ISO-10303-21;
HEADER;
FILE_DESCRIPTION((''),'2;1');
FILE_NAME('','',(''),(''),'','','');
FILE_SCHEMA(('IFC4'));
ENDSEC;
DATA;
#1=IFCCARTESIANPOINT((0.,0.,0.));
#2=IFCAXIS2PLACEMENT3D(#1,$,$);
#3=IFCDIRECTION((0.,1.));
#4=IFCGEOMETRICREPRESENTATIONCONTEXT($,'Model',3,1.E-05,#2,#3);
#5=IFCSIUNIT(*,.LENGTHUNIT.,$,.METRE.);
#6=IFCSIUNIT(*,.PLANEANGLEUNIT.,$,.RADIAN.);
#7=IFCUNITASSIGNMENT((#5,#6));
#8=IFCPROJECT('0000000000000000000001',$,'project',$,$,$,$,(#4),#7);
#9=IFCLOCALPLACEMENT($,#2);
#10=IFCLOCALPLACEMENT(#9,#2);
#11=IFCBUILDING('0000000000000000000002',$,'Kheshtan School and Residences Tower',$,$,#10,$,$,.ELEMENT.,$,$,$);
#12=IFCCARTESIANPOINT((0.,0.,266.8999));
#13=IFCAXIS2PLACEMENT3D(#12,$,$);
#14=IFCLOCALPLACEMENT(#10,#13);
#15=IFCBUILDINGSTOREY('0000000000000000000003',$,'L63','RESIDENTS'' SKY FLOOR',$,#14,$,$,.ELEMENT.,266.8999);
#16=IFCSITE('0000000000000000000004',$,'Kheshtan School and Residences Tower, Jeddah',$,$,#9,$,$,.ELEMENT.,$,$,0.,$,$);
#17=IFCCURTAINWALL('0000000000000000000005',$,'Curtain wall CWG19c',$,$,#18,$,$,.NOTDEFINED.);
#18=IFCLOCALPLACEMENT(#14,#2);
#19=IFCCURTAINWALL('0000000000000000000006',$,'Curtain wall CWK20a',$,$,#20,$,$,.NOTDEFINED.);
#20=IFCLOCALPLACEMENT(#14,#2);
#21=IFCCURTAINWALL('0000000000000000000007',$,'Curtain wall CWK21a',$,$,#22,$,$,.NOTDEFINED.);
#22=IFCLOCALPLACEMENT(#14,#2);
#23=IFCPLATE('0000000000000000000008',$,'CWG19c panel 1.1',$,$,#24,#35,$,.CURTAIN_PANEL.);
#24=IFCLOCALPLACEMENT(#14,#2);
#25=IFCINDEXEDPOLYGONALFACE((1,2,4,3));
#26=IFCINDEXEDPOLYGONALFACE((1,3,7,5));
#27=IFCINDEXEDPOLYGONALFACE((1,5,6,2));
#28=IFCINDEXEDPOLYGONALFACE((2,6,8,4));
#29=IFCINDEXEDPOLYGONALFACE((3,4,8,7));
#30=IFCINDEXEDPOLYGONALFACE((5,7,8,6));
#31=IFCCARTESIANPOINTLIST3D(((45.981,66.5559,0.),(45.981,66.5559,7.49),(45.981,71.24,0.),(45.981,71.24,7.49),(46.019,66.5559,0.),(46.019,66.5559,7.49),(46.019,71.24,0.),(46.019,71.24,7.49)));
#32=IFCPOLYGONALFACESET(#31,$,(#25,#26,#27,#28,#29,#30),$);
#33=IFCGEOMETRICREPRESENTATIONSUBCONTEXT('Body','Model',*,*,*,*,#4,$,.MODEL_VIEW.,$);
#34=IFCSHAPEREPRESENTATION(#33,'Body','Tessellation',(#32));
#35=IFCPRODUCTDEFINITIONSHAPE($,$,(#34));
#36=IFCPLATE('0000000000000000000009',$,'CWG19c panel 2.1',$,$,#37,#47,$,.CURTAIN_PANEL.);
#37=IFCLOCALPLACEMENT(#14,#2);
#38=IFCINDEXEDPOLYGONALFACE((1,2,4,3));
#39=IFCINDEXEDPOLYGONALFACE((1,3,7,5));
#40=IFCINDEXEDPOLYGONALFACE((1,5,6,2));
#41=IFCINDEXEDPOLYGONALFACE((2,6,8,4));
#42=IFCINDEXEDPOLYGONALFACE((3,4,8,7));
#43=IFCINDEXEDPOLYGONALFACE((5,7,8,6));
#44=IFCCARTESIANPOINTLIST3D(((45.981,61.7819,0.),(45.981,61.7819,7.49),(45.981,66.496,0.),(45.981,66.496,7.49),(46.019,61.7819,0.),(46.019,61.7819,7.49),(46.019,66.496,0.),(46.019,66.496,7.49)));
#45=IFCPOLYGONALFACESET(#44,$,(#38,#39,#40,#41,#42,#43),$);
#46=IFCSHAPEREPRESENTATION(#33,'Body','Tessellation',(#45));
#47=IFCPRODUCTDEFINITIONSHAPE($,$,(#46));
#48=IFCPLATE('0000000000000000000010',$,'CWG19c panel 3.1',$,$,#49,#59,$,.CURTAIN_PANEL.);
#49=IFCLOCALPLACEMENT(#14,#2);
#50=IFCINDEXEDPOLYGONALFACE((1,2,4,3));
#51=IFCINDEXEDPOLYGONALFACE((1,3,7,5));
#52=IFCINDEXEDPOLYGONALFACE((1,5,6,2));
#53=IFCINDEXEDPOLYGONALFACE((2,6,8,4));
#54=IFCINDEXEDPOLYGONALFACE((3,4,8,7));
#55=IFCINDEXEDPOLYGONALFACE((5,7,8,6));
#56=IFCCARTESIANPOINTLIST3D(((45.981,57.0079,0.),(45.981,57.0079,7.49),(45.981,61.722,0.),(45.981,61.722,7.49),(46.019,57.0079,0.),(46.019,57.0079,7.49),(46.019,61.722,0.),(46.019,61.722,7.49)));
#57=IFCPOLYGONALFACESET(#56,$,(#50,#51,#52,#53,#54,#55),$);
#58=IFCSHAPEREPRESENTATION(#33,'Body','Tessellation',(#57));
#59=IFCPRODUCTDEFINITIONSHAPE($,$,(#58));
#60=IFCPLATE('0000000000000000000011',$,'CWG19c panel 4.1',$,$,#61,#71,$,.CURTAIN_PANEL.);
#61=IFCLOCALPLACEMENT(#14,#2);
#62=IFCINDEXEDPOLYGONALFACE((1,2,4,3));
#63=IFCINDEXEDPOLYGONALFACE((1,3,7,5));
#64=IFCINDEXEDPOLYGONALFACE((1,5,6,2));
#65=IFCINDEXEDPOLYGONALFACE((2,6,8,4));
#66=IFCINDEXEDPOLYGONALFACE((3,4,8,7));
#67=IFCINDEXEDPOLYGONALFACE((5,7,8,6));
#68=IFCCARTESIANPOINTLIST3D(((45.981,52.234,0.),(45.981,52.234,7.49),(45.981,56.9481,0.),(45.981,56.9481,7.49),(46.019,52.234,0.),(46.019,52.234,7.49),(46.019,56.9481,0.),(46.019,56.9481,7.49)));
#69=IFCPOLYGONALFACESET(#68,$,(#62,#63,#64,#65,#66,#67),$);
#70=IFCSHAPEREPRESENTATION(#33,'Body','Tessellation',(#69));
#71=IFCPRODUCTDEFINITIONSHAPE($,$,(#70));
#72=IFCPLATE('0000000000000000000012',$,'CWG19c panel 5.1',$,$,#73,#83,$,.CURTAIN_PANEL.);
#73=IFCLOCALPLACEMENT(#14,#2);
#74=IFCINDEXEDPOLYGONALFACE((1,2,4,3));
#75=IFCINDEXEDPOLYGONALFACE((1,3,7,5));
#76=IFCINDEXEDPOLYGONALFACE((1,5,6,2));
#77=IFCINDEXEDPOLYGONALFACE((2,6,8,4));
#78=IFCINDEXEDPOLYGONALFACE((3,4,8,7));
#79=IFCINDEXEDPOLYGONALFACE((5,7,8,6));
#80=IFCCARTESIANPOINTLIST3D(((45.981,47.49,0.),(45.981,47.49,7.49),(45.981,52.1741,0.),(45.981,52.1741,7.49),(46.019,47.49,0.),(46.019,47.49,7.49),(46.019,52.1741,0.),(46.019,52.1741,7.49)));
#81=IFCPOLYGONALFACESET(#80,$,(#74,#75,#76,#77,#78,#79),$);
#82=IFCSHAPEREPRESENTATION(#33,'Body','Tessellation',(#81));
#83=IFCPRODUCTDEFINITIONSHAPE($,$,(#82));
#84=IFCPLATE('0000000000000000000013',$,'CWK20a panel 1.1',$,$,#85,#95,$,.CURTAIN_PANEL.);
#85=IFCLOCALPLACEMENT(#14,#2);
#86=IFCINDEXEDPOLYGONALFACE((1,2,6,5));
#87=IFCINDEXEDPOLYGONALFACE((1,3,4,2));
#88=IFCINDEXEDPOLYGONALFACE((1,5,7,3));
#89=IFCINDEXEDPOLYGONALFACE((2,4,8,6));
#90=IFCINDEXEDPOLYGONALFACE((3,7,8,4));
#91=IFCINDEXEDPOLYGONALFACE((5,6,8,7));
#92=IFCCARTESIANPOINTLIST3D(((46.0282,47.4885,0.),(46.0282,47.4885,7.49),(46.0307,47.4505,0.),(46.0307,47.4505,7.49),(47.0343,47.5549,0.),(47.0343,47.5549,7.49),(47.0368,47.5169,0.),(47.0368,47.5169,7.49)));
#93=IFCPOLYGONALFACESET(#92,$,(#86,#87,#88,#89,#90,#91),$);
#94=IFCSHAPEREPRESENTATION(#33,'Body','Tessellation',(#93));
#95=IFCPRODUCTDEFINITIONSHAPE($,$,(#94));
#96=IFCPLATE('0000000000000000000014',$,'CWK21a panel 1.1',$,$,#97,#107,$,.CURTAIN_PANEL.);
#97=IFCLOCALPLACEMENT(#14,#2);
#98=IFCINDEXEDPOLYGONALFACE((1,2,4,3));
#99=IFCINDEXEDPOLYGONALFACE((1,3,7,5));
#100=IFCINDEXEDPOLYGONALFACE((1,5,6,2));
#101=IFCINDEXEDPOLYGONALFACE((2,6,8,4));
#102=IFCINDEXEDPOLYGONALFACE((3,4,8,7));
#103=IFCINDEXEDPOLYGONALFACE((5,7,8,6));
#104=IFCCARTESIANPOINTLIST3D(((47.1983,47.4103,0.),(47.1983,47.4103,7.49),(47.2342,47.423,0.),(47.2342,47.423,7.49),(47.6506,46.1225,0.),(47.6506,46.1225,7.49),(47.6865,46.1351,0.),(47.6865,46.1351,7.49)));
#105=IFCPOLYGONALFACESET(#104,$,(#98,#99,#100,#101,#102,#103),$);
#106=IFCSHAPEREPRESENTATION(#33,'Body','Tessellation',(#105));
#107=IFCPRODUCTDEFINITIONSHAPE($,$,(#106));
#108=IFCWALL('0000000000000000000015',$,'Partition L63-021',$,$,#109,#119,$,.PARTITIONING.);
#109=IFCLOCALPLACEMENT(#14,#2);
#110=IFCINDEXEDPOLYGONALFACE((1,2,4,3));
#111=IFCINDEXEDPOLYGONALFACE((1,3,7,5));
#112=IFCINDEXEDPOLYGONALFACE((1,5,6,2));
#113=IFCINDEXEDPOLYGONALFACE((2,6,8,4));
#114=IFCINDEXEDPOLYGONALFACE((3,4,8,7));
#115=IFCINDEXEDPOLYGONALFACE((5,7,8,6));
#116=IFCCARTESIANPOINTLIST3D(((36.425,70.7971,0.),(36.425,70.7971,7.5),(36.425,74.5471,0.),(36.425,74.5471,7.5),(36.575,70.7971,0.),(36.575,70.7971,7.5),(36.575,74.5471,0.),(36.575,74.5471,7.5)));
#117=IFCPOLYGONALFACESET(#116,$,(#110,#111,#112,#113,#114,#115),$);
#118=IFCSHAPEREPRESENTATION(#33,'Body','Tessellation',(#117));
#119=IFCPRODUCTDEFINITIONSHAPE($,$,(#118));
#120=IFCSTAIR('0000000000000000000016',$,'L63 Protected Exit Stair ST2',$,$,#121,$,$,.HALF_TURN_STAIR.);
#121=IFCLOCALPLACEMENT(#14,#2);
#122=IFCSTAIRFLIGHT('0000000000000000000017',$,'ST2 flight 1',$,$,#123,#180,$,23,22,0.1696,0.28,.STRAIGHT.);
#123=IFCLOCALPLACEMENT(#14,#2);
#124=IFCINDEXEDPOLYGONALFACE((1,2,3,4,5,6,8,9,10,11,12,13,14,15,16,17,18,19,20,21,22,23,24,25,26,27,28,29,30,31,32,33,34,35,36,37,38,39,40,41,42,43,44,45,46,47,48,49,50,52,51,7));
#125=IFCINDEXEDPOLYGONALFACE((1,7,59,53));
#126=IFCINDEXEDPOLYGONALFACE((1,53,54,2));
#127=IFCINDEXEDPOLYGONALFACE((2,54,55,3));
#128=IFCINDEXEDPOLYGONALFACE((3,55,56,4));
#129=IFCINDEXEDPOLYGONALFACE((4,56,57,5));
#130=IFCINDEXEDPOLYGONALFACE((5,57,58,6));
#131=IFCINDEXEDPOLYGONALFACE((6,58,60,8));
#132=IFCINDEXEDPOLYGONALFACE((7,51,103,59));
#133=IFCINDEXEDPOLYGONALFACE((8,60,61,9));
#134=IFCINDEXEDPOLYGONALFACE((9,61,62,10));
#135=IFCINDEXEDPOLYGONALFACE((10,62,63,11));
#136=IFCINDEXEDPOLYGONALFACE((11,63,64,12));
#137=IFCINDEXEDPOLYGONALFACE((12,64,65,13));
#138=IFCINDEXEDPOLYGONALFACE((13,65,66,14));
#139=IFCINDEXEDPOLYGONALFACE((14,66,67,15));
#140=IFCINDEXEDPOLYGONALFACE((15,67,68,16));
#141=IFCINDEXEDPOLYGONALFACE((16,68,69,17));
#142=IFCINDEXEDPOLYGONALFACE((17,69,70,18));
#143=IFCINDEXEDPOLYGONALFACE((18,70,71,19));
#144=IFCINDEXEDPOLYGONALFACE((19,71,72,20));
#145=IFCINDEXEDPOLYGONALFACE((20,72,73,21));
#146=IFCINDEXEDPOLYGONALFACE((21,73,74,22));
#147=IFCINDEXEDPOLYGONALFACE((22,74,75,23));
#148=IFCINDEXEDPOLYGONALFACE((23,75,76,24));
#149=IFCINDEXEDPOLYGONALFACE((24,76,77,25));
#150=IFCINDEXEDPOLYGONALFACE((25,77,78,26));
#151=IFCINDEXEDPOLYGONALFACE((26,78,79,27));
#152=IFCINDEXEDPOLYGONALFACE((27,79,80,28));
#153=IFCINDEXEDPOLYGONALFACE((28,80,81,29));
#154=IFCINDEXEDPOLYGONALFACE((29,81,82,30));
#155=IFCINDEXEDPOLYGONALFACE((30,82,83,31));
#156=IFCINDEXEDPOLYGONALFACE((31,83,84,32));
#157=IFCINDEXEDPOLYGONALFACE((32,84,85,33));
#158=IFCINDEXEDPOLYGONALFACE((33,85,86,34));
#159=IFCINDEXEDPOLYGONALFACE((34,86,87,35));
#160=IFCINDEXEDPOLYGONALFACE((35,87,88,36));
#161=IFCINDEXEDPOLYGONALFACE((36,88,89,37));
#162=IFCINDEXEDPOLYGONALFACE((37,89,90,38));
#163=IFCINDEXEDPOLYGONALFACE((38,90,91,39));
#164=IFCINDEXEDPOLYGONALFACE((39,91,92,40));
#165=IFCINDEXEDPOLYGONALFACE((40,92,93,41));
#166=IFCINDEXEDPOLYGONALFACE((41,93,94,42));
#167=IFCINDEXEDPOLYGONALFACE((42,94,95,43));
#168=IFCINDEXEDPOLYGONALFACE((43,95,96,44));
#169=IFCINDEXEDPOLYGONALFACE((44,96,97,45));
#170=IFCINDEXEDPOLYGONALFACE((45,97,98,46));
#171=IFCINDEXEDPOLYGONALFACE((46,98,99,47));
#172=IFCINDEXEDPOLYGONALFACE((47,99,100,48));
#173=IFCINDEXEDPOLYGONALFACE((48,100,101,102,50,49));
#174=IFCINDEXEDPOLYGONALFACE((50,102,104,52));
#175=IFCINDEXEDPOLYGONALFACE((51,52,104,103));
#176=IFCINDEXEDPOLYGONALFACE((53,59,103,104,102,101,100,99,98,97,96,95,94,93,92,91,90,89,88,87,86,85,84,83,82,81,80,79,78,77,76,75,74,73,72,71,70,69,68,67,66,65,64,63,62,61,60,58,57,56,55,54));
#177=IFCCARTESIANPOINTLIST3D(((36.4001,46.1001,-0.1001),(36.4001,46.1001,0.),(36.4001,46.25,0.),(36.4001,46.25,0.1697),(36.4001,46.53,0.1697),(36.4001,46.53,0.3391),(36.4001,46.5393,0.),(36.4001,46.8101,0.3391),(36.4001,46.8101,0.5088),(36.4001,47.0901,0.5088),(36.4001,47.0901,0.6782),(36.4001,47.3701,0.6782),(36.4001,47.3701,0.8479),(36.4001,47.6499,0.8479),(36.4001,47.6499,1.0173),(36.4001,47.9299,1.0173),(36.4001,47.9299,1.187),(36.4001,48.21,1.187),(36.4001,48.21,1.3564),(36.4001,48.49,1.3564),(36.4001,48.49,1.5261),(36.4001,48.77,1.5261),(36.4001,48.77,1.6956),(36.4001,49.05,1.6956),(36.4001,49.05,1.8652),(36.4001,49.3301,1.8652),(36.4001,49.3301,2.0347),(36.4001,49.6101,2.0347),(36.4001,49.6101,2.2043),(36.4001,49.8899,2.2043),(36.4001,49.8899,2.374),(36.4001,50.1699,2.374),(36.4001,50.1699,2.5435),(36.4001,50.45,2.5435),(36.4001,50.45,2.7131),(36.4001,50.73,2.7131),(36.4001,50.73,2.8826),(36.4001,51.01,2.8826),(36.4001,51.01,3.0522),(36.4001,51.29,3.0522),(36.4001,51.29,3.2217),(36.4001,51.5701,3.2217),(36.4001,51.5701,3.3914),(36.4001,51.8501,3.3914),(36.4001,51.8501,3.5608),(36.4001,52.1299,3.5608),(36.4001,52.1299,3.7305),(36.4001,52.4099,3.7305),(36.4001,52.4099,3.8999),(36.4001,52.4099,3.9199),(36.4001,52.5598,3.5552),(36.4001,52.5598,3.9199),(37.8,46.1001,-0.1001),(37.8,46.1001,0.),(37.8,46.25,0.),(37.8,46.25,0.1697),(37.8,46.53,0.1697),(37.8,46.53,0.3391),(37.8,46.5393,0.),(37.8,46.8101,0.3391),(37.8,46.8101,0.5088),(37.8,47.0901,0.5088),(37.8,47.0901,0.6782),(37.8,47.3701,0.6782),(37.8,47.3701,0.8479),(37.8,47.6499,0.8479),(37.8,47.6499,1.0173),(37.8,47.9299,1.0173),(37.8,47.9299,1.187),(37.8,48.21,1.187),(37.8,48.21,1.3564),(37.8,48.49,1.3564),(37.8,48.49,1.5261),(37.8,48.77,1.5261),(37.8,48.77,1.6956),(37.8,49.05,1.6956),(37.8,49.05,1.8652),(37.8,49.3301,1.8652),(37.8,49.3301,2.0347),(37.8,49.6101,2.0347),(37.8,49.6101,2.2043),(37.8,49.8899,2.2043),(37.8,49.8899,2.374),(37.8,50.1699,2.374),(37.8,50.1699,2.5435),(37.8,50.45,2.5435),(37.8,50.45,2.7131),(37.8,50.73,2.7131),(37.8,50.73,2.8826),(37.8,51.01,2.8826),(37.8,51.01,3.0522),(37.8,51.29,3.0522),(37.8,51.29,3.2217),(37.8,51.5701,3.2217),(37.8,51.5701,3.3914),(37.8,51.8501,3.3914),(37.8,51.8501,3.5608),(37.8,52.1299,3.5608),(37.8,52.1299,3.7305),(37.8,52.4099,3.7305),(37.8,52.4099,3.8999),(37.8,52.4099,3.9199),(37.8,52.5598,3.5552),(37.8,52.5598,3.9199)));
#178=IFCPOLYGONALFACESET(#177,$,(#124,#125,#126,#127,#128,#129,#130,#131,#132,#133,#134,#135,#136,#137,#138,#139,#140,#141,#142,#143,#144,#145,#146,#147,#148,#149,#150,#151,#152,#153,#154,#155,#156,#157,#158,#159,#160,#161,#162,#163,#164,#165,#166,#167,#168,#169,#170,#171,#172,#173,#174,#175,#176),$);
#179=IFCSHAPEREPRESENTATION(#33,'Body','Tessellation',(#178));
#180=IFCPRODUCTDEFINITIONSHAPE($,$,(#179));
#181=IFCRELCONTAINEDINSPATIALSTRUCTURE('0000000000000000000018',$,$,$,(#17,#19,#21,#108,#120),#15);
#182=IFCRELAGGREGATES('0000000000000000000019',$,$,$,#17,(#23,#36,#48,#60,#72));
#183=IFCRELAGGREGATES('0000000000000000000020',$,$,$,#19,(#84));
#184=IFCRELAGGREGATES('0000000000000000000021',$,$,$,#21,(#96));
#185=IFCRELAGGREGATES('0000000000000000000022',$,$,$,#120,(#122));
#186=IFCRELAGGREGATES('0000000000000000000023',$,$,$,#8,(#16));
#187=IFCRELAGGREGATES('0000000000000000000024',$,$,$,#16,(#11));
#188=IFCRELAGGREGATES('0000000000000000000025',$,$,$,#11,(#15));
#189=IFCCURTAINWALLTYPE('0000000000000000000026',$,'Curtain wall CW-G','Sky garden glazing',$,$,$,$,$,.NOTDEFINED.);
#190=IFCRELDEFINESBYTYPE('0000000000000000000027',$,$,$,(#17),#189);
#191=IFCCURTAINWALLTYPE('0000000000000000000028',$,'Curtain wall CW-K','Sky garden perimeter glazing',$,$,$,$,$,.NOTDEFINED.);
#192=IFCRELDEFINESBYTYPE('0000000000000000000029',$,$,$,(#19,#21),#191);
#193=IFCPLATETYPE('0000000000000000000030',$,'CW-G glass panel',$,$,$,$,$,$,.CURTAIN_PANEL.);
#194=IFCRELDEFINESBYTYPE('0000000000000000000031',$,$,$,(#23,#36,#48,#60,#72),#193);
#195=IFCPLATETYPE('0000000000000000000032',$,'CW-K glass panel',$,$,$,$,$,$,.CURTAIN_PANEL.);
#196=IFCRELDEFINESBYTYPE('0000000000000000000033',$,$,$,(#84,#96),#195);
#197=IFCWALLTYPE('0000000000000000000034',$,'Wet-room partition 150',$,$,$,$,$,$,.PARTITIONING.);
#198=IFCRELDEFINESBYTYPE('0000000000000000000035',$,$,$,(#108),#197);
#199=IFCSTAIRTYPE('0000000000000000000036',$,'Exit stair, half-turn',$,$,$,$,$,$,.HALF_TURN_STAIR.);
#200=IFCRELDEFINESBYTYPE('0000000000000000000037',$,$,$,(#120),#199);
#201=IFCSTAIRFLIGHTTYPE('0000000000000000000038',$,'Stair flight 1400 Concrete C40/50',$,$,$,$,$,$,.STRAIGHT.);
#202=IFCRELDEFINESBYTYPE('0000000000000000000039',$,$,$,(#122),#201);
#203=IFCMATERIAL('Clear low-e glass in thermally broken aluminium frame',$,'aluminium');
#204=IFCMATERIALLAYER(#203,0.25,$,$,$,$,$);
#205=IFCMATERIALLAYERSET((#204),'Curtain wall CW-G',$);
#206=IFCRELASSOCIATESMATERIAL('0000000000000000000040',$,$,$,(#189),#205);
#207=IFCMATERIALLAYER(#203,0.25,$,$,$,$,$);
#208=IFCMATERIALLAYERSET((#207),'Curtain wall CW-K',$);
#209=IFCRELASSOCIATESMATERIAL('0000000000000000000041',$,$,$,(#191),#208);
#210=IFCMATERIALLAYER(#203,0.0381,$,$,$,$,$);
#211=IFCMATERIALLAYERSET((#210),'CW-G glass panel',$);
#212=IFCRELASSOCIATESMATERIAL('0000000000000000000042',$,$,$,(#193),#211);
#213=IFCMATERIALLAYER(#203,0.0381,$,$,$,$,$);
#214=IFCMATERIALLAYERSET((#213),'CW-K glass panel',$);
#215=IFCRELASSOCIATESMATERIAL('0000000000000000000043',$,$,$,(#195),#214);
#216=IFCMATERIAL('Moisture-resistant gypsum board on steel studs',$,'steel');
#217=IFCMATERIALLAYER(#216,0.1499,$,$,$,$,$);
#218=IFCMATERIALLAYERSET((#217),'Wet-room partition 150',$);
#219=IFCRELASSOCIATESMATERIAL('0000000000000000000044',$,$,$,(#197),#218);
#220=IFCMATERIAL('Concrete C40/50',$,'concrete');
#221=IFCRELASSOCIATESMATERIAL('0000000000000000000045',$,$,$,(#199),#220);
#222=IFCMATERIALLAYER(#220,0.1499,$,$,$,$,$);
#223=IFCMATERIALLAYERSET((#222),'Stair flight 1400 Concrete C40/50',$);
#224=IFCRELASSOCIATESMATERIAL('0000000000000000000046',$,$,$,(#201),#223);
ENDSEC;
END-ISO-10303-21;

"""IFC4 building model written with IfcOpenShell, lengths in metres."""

from ifc_helpers import new_model, si_unit, direction, frame, frame_2d, origin, origin_2d, place, context, subcontext, project, spatial, polyline, rectangle, outline, extrude, material, layer, layer_set, type_object, element, aggregate, save


model = new_model("IFC4")

# Units and contexts
model_context = context("Model", 3, precision=1e-05, world=origin(), true_north=direction((0.0, 1.0)))
body_context = subcontext(model_context, "Body", "Model", "MODEL_VIEW")
ifc_project = project(units=[si_unit("LENGTHUNIT", "METRE"), si_unit("PLANEANGLEUNIT", "RADIAN")], contexts=[model_context])

# Site, building, storey
site_placement = place(None, origin())
site = spatial("IfcSite", under=ifc_project, at=site_placement, Name="Kheshtan School and Residences Tower, Jeddah", CompositionType="ELEMENT", RefElevation=0.0)
building_placement = place(site_placement, origin())
building = spatial("IfcBuilding", under=site, at=building_placement, Name="Kheshtan School and Residences Tower", CompositionType="ELEMENT")
storey_placement = place(building_placement, frame((0.0, 0.0, 266.8999)))
storey = spatial("IfcBuildingStorey", under=building, at=storey_placement, Name="L63", Description="RESIDENTS' SKY FLOOR", CompositionType="ELEMENT", Elevation=266.8999)

# Curtain wall
ifc_material_1 = material(Name="Clear low-e glass in thermally broken aluminium frame", Category="aluminium")
ifc_layer_1 = layer(ifc_material_1, 0.25)
ifc_layer_set_1 = layer_set([ifc_layer_1], Name="Curtain wall CW-G")
curtain_wall_type_1 = type_object("IfcCurtainWallType", Name="Curtain wall CW-G", Description="Sky garden glazing", PredefinedType="NOTDEFINED", material=ifc_layer_set_1)
curtain_wall_1_placement = place(storey_placement, origin())
curtain_wall_1 = element("IfcCurtainWall", 1, at=curtain_wall_1_placement, inside=storey, type_object=curtain_wall_type_1, Name="Curtain wall CWG19c", PredefinedType="NOTDEFINED")

# Curtain walls
ifc_layer_2 = layer(ifc_material_1, 0.25)
ifc_layer_set_2 = layer_set([ifc_layer_2], Name="Curtain wall CW-K")
curtain_wall_type_2 = type_object("IfcCurtainWallType", Name="Curtain wall CW-K", Description="Sky garden perimeter glazing", PredefinedType="NOTDEFINED", material=ifc_layer_set_2)
curtain_wall_2_placement = place(storey_placement, origin())
curtain_wall_2 = element("IfcCurtainWall", 2, at=curtain_wall_2_placement, inside=storey, type_object=curtain_wall_type_2, Name="Curtain wall CWK20a", PredefinedType="NOTDEFINED")
curtain_wall_3_placement = place(storey_placement, origin())
curtain_wall_3 = element("IfcCurtainWall", 3, at=curtain_wall_3_placement, inside=storey, type_object=curtain_wall_type_2, Name="Curtain wall CWK21a", PredefinedType="NOTDEFINED")

# Plates
ifc_layer_3 = layer(ifc_material_1, 0.0381)
ifc_layer_set_3 = layer_set([ifc_layer_3], Name="CW-G glass panel")
plate_type_1 = type_object("IfcPlateType", Name="CW-G glass panel", PredefinedType="CURTAIN_PANEL", material=ifc_layer_set_3)
plate_1_placement = place(storey_placement, frame((46.0, 68.8979, 0.0), z_axis=(0.0, 0.0, 1.0), x_axis=(0.0, -1.0, 0.0)))
plate_1 = element("IfcPlate", 4, at=plate_1_placement, type_object=plate_type_1, Name="CWG19c panel 1.1", PredefinedType="CURTAIN_PANEL", context=body_context, shape_type="SweptSolid", body=[
    extrude(rectangle(XDim=4.6841, YDim=0.0381, at=origin_2d()), origin(), (0.0, 0.0, 1.0), 7.49),
])
plate_2_placement = place(storey_placement, frame((46.0, 64.1389, 0.0), z_axis=(0.0, 0.0, 1.0), x_axis=(0.0, -1.0, 0.0)))
plate_2 = element("IfcPlate", 5, at=plate_2_placement, type_object=plate_type_1, Name="CWG19c panel 2.1", PredefinedType="CURTAIN_PANEL", context=body_context, shape_type="SweptSolid", body=[
    extrude(rectangle(XDim=4.7141, YDim=0.0381, at=origin_2d()), origin(), (0.0, 0.0, 1.0), 7.49),
])
plate_3_placement = place(storey_placement, frame((46.0, 59.365, 0.0), z_axis=(0.0, 0.0, 1.0), x_axis=(0.0, -1.0, 0.0)))
plate_3 = element("IfcPlate", 6, at=plate_3_placement, type_object=plate_type_1, Name="CWG19c panel 3.1", PredefinedType="CURTAIN_PANEL", context=body_context, shape_type="SweptSolid", body=[
    extrude(rectangle(XDim=4.7141, YDim=0.0381, at=origin_2d()), origin(), (0.0, 0.0, 1.0), 7.49),
])
plate_4_placement = place(storey_placement, frame((46.0, 54.5911, 0.0), z_axis=(0.0, 0.0, 1.0), x_axis=(0.0, -1.0, 0.0)))
plate_4 = element("IfcPlate", 7, at=plate_4_placement, type_object=plate_type_1, Name="CWG19c panel 4.1", PredefinedType="CURTAIN_PANEL", context=body_context, shape_type="SweptSolid", body=[
    extrude(rectangle(XDim=4.7141, YDim=0.0381, at=origin_2d()), origin(), (0.0, 0.0, 1.0), 7.49),
])
plate_5_placement = place(storey_placement, frame((46.0, 49.832, 0.0), z_axis=(0.0, 0.0, 1.0), x_axis=(0.0, -1.0, 0.0)))
plate_5 = element("IfcPlate", 8, at=plate_5_placement, type_object=plate_type_1, Name="CWG19c panel 5.1", PredefinedType="CURTAIN_PANEL", context=body_context, shape_type="SweptSolid", body=[
    extrude(rectangle(XDim=4.6841, YDim=0.0381, at=origin_2d()), origin(), (0.0, 0.0, 1.0), 7.49),
])
aggregate(curtain_wall_1, [plate_1, plate_2, plate_3, plate_4, plate_5])
ifc_layer_4 = layer(ifc_material_1, 0.0381)
ifc_layer_set_4 = layer_set([ifc_layer_4], Name="CW-K glass panel")
plate_type_2 = type_object("IfcPlateType", Name="CW-K glass panel", PredefinedType="CURTAIN_PANEL", material=ifc_layer_set_4)
plate_6_placement = place(storey_placement, frame((46.5325, 47.5027, 0.0), z_axis=(0.0, 0.0, 1.0), x_axis=(0.997829, 0.065855, 0.0)))
plate_6 = element("IfcPlate", 9, at=plate_6_placement, type_object=plate_type_2, Name="CWK20a panel 1.1", PredefinedType="CURTAIN_PANEL", context=body_context, shape_type="SweptSolid", body=[
    extrude(rectangle(XDim=1.0083, YDim=0.0381, at=origin_2d()), origin(), (0.0, 0.0, 1.0), 7.49),
])
aggregate(curtain_wall_2, [plate_6])
plate_7_placement = place(storey_placement, frame((47.4424, 46.7727, 0.0), z_axis=(0.0, 0.0, 1.0), x_axis=(0.33134, -0.943511, 0.0)))
plate_7 = element("IfcPlate", 10, at=plate_7_placement, type_object=plate_type_2, Name="CWK21a panel 1.1", PredefinedType="CURTAIN_PANEL", context=body_context, shape_type="SweptSolid", body=[
    extrude(rectangle(XDim=1.365, YDim=0.0381, at=origin_2d()), origin(), (0.0, 0.0, 1.0), 7.49),
])
aggregate(curtain_wall_3, [plate_7])

# Wall
ifc_material_2 = material(Name="Moisture-resistant gypsum board on steel studs", Category="steel")
ifc_layer_5 = layer(ifc_material_2, 0.1499)
ifc_layer_set_5 = layer_set([ifc_layer_5], Name="Wet-room partition 150")
wall_type = type_object("IfcWallType", Name="Wet-room partition 150", PredefinedType="PARTITIONING", material=ifc_layer_set_5)
wall_placement = place(storey_placement, frame((36.5, 70.7971, 0.0), z_axis=(0.0, 0.0, 1.0), x_axis=(0.0, 1.0, 0.0)))
element("IfcWall", 11, at=wall_placement, inside=storey, type_object=wall_type, Name="Partition L63-021", PredefinedType="PARTITIONING", context=body_context, shape_type="SweptSolid", body=[
    extrude(rectangle(XDim=3.75, YDim=0.1499, at=frame_2d((1.875, 0.0))), origin(), (0.0, 0.0, 1.0), 7.5),
])

# Stair, stair flight
ifc_material_3 = material(Name="Concrete C40/50", Category="concrete")
stair_type = type_object("IfcStairType", Name="Exit stair, half-turn", PredefinedType="HALF_TURN_STAIR", material=ifc_material_3)
stair_placement = place(storey_placement, origin())
stair = element("IfcStair", 12, at=stair_placement, inside=storey, type_object=stair_type, Name="L63 Protected Exit Stair ST2", PredefinedType="HALF_TURN_STAIR")
ifc_layer_6 = layer(ifc_material_3, 0.1499)
ifc_layer_set_6 = layer_set([ifc_layer_6], Name="Stair flight 1400 Concrete C40/50")
stair_flight_type = type_object("IfcStairFlightType", Name="Stair flight 1400 Concrete C40/50", PredefinedType="STRAIGHT", material=ifc_layer_set_6)
stair_flight_placement = place(storey_placement, frame((37.1001, 46.25, 0.0), z_axis=(0.0, 0.0, 1.0), x_axis=(0.0, 1.0, 0.0)))
stair_flight = element("IfcStairFlight", 13, at=stair_flight_placement, type_object=stair_flight_type, Name="ST2 flight 1", NumberOfRisers=23, NumberOfTreads=22, PredefinedType="STRAIGHT", RiserHeight=0.1696, TreadLength=0.28, context=body_context, shape_type="SweptSolid", body=[
    extrude(outline(polyline([(-0.1499, -0.1001), (-0.1499, 0.0), (0.0, 0.0), (0.0, 0.1697), (0.28, 0.1697), (0.28, 0.3391), (0.5601, 0.3391), (0.5601, 0.5088), (0.8401, 0.5088), (0.8401, 0.6782), (1.1201, 0.6782), (1.1201, 0.8479), (1.3999, 0.8479), (1.3999, 1.0173), (1.6799, 1.0173), (1.6799, 1.187), (1.96, 1.187), (1.96, 1.3564), (2.24, 1.3564), (2.24, 1.5261), (2.52, 1.5261), (2.52, 1.6956), (2.8, 1.6956), (2.8, 1.8652), (3.0801, 1.8652), (3.0801, 2.0347), (3.3601, 2.0347), (3.3601, 2.2043), (3.6399, 2.2043), (3.6399, 2.374), (3.9199, 2.374), (3.9199, 2.5435), (4.2, 2.5435), (4.2, 2.7131), (4.48, 2.7131), (4.48, 2.8826), (4.76, 2.8826), (4.76, 3.0522), (5.04, 3.0522), (5.04, 3.2217), (5.3201, 3.2217), (5.3201, 3.3914), (5.6001, 3.3914), (5.6001, 3.5608), (5.8799, 3.5608), (5.8799, 3.7305), (6.1599, 3.7305), (6.1599, 3.8999), (6.1599, 3.9199), (6.3098, 3.9199), (6.3098, 3.5552), (0.2893, 0.0), (-0.1499, -0.1001)])), frame((0.0, 0.7, 0.0), z_axis=(0.0, -1.0, 0.0), x_axis=(1.0, 0.0, 0.0)), (0.0, 0.0, 1.0), 1.3999),
])
aggregate(stair, [stair_flight])

save(model, "model.ifc")
